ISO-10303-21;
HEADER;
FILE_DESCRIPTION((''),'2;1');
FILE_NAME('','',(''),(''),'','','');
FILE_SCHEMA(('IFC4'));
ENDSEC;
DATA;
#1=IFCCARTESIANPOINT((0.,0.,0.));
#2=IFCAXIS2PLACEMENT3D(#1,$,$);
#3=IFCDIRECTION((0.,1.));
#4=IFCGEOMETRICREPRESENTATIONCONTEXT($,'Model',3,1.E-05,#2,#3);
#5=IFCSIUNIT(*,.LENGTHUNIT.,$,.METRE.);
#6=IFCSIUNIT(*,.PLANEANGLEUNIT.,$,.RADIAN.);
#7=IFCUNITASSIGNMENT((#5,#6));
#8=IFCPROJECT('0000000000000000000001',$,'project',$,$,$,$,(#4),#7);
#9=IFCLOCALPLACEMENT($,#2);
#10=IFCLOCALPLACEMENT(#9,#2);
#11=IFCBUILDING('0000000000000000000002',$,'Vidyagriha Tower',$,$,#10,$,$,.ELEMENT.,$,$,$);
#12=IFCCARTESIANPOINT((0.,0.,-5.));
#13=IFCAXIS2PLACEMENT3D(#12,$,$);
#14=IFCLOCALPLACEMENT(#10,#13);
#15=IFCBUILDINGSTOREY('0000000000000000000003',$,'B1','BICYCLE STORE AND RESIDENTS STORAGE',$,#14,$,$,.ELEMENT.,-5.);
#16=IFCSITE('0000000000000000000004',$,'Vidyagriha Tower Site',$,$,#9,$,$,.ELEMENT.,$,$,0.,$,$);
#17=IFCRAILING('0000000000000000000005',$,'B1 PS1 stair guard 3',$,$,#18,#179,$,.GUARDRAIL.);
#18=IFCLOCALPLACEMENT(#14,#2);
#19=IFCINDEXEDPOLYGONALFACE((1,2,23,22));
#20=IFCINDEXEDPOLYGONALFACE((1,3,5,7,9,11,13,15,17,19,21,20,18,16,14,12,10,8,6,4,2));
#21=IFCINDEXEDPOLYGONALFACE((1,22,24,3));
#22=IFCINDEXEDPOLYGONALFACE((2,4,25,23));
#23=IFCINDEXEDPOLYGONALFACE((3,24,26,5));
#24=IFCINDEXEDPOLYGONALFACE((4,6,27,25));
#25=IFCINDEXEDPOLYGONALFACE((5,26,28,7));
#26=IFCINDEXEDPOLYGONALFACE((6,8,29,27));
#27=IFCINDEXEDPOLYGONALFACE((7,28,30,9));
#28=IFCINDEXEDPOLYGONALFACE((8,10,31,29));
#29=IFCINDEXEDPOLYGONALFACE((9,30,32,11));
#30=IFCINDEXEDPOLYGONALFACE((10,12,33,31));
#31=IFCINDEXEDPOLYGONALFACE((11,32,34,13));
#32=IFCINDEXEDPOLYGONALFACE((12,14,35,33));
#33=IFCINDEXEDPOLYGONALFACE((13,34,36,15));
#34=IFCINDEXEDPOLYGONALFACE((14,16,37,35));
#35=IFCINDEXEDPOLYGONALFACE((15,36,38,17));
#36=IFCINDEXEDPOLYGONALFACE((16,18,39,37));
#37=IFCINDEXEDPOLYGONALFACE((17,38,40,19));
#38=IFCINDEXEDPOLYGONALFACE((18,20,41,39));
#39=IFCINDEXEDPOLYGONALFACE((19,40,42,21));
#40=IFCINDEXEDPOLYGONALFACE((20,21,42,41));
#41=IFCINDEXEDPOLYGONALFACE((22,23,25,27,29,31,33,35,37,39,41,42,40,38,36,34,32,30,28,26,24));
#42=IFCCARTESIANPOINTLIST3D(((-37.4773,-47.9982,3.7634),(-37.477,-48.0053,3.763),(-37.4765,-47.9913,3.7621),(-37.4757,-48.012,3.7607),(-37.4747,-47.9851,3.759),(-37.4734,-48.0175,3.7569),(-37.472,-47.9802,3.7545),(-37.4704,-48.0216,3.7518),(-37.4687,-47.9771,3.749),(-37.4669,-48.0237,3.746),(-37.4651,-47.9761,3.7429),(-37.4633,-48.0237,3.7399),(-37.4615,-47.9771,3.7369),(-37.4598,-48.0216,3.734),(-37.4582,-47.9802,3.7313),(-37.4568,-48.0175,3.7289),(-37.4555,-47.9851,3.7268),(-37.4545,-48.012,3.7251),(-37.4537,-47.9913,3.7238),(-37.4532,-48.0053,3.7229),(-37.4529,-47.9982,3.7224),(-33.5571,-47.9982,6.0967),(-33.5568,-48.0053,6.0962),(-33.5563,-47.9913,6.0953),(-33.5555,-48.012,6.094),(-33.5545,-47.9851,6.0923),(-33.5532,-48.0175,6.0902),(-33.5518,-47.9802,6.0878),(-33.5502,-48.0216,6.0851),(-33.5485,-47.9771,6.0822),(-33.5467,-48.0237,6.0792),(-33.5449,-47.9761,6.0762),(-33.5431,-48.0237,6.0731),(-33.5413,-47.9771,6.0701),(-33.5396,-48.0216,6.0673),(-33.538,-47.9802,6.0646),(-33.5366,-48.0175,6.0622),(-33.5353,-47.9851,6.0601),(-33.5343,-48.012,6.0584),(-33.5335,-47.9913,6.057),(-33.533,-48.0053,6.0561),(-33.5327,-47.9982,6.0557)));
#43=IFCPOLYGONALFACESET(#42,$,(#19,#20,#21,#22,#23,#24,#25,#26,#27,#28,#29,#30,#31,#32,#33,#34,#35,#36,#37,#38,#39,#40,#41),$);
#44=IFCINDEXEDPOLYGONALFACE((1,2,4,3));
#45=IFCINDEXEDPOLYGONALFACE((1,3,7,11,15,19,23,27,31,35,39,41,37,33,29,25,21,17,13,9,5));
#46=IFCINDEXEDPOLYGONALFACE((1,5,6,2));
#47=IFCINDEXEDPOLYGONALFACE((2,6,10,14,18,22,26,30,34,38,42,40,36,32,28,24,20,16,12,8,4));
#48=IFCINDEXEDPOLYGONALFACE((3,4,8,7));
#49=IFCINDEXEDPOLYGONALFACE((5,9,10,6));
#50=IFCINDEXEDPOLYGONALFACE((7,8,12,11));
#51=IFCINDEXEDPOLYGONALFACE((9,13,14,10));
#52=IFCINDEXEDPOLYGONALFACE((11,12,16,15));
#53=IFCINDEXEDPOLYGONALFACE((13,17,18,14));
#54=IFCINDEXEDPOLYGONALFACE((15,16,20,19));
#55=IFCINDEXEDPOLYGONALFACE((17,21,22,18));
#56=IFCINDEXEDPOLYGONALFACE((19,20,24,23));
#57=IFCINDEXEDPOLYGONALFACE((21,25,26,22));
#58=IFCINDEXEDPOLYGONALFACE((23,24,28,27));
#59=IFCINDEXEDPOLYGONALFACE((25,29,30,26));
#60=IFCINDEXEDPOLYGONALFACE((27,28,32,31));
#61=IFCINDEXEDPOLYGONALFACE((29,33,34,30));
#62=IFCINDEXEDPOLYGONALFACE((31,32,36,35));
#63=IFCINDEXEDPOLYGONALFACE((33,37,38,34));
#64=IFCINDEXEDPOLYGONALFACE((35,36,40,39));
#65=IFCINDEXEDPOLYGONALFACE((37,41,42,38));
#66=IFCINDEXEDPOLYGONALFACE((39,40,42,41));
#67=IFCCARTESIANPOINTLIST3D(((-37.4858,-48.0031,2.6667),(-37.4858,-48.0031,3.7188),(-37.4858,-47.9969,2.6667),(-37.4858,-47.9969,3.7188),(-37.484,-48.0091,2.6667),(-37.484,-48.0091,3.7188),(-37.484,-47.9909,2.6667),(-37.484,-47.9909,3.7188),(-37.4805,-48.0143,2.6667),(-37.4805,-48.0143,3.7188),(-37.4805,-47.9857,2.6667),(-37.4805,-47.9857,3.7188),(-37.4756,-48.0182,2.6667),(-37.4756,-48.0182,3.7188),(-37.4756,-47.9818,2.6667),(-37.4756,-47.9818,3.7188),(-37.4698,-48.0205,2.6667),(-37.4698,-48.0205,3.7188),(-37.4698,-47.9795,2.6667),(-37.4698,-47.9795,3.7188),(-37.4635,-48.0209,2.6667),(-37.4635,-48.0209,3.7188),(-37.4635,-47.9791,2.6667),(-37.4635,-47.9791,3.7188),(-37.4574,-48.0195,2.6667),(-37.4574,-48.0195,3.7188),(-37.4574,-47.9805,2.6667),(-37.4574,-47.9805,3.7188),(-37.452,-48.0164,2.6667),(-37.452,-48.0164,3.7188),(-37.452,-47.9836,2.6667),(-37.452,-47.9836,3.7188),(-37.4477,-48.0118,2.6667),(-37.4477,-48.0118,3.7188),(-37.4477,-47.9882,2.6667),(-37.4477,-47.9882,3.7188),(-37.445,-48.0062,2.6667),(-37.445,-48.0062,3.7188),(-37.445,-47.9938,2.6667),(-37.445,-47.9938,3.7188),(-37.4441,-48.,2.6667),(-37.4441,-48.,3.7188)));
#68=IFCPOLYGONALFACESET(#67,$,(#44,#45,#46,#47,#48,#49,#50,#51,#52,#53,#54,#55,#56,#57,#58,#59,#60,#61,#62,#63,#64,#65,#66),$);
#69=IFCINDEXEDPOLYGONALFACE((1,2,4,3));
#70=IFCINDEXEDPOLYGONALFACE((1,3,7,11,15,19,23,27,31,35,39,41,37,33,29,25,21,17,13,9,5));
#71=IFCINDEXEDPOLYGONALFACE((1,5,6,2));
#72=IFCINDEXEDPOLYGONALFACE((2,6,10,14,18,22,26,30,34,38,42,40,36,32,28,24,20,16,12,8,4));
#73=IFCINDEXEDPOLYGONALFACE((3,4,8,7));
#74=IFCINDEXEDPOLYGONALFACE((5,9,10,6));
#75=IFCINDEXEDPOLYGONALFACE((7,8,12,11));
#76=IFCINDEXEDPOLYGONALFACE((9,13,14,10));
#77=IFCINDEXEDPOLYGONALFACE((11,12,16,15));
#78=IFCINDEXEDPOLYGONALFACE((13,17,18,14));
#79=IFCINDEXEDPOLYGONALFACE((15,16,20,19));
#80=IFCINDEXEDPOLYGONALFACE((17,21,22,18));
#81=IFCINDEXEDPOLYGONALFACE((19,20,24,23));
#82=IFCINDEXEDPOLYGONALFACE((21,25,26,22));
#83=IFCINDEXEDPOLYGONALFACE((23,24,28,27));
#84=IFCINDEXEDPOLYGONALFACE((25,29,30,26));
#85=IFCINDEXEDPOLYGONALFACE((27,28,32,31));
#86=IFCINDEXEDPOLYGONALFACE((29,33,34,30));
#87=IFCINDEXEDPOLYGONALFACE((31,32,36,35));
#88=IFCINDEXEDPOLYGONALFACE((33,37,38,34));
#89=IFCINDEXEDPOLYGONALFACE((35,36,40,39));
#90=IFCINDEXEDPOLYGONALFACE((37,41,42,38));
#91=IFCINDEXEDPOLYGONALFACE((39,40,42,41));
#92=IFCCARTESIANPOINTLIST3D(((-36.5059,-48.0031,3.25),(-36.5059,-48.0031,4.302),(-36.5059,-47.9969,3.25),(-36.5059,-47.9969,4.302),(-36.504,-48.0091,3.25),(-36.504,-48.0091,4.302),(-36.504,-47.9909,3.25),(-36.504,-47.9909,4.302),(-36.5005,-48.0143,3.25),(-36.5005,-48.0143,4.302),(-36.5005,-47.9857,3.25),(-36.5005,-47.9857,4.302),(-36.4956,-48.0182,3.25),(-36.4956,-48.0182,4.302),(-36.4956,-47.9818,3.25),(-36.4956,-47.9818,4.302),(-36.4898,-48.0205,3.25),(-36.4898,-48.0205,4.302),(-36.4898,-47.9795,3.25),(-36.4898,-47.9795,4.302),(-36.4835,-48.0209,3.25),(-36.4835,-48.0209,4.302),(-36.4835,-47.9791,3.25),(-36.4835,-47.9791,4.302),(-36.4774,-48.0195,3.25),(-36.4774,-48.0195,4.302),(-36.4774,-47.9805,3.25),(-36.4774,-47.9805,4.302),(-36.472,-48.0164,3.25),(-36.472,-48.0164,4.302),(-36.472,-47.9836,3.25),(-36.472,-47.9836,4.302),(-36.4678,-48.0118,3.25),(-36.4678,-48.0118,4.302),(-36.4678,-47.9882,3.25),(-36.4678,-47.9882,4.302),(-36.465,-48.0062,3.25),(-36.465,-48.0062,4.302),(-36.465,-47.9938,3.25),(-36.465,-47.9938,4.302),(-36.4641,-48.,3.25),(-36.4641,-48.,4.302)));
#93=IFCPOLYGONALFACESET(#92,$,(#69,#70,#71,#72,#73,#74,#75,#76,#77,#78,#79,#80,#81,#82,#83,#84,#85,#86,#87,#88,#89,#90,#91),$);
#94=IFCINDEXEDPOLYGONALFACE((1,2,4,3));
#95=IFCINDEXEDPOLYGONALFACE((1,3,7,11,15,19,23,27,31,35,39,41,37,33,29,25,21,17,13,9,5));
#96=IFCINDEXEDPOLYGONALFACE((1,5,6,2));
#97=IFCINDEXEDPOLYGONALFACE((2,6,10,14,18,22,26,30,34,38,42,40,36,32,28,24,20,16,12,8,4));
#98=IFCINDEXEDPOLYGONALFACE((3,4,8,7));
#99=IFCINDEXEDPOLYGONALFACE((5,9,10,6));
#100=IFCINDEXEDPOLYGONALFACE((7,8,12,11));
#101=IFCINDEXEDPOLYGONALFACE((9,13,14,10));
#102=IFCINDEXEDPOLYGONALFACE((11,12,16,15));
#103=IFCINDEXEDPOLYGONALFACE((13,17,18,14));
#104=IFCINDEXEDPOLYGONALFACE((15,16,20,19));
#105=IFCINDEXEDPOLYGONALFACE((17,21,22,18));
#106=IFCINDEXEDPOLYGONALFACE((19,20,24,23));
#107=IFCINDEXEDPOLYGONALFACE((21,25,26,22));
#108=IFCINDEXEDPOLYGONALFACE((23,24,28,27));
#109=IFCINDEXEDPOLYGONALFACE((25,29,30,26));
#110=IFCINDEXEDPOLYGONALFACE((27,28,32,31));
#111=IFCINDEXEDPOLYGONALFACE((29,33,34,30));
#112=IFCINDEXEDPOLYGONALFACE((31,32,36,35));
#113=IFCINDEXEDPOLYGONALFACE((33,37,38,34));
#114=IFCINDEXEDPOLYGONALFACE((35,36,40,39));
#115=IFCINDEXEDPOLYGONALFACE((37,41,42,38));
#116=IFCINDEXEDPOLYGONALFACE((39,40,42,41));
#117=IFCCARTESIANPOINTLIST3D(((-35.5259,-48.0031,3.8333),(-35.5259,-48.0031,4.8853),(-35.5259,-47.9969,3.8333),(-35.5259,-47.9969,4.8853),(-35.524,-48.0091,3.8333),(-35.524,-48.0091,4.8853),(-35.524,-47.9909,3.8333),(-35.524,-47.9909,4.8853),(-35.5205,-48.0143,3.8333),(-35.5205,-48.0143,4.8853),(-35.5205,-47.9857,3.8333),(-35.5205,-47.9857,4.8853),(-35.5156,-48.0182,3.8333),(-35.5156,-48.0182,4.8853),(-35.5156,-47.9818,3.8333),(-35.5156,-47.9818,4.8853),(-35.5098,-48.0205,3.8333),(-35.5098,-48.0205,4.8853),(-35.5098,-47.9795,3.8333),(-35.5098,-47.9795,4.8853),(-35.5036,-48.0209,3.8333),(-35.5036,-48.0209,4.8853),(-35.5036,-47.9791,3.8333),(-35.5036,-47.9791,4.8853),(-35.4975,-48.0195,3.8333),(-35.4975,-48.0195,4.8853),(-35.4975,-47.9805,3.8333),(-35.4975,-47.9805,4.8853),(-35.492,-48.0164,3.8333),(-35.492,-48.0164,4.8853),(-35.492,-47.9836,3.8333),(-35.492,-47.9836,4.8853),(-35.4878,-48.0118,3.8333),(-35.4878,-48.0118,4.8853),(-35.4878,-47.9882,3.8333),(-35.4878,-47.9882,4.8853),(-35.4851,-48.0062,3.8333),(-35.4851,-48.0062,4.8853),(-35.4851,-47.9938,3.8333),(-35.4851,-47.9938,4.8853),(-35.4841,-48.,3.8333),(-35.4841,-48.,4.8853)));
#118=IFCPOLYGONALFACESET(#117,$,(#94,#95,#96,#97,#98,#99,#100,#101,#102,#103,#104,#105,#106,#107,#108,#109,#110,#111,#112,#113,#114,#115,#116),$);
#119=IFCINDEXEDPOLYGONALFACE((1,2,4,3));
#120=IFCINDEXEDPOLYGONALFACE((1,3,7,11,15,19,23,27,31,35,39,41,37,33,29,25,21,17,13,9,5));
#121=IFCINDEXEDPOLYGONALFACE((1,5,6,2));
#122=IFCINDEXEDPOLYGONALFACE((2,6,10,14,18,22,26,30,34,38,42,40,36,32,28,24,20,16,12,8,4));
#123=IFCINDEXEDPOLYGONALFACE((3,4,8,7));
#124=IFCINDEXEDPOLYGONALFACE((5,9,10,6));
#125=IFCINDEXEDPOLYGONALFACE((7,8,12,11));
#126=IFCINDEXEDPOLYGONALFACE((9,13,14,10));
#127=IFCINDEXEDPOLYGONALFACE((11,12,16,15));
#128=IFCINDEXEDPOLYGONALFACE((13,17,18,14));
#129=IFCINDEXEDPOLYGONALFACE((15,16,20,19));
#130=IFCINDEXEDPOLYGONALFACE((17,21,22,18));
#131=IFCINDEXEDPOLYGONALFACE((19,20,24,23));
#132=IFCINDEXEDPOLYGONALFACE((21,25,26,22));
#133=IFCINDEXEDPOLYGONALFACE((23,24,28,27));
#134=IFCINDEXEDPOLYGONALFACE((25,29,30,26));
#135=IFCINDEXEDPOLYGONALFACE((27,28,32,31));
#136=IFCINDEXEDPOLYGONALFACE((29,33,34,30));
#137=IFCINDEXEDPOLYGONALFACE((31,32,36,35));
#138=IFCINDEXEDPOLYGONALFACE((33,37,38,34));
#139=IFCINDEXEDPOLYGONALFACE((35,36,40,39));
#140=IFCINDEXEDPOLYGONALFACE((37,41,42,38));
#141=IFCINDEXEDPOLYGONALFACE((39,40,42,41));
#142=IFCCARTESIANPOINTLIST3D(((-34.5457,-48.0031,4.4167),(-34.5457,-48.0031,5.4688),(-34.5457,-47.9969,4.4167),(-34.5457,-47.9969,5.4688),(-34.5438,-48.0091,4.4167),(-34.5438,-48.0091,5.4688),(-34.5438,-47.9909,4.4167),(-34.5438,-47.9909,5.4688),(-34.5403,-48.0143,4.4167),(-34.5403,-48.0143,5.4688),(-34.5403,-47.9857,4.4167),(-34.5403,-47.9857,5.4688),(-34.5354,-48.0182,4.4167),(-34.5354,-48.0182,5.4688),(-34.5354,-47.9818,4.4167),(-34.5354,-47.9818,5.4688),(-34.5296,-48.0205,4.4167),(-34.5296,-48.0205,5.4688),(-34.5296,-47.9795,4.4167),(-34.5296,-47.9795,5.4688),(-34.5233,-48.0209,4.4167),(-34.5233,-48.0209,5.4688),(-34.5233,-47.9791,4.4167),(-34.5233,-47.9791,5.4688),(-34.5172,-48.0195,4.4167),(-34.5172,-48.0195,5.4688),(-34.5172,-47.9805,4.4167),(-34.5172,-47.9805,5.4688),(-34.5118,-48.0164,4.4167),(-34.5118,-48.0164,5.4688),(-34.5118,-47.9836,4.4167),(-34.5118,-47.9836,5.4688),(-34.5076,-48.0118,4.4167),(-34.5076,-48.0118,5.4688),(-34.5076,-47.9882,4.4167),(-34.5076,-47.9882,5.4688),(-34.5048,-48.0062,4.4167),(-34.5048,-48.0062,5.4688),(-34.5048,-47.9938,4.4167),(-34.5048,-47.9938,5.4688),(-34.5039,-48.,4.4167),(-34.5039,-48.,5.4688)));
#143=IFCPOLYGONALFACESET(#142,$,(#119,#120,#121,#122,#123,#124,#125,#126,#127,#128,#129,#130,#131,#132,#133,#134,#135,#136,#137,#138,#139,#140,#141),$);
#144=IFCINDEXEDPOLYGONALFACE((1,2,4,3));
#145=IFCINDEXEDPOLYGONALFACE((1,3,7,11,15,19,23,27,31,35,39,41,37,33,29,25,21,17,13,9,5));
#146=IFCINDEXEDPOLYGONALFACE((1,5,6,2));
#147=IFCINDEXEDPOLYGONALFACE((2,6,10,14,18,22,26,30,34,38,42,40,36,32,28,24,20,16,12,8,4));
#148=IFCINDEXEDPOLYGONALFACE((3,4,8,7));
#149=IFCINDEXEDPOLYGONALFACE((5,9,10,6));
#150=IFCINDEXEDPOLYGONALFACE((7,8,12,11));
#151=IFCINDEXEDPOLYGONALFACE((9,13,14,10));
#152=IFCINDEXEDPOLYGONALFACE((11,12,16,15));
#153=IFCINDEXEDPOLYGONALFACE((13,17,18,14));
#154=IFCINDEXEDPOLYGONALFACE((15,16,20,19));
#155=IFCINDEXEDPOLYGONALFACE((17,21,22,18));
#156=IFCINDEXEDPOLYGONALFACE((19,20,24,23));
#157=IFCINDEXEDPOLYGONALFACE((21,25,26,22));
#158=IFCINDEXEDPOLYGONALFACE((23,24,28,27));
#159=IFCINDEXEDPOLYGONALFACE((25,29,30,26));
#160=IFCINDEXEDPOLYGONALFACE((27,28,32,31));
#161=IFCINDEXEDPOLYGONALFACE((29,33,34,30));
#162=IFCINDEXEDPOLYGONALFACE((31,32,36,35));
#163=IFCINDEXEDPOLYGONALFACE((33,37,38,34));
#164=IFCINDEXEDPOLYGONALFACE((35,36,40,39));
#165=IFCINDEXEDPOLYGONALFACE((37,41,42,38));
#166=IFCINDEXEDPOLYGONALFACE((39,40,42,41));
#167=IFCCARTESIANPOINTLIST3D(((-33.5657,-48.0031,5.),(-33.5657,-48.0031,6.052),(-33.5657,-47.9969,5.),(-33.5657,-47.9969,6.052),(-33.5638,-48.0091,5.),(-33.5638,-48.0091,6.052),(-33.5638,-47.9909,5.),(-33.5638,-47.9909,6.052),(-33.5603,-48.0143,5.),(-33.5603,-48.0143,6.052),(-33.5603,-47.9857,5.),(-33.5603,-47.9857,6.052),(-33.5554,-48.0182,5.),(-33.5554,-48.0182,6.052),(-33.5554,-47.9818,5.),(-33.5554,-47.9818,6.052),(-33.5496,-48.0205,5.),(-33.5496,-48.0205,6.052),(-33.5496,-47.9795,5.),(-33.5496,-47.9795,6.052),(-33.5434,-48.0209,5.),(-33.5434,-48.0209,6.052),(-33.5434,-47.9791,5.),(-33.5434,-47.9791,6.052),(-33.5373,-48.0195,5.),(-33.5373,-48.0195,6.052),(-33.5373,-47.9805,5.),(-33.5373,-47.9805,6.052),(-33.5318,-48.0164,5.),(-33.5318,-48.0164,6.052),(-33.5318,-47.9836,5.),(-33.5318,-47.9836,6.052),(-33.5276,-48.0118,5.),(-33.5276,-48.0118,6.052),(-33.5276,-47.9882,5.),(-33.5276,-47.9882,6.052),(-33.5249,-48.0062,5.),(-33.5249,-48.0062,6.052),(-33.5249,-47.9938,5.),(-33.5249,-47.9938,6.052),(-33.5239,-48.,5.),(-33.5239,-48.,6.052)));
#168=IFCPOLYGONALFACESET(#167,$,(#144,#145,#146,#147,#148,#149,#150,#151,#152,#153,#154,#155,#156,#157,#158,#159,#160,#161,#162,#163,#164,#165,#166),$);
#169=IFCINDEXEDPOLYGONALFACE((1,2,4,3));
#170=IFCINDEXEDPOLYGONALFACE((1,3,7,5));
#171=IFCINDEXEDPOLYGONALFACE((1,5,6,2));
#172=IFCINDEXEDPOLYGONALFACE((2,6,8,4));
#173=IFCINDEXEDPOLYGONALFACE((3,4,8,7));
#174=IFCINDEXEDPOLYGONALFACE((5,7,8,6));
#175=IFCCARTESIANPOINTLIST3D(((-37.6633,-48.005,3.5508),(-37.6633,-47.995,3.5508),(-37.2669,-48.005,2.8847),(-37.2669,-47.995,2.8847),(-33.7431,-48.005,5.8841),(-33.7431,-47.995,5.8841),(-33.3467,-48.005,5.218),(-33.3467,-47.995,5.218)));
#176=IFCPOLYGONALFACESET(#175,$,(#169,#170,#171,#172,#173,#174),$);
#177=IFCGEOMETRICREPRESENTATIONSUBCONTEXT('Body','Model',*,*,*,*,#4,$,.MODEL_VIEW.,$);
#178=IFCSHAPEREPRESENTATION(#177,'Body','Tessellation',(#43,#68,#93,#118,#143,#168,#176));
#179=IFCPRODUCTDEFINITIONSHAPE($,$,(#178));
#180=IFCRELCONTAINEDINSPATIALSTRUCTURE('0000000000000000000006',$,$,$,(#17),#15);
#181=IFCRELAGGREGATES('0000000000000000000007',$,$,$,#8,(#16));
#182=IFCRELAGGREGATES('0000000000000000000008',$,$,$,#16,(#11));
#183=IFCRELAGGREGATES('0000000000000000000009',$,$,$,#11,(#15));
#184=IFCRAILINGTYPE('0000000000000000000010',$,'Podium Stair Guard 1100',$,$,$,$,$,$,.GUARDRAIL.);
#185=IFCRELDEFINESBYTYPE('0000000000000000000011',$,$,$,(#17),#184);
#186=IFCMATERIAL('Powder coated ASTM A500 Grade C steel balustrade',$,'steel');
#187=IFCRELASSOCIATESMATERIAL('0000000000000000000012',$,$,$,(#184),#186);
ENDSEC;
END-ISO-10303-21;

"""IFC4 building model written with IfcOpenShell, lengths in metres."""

from ifc_helpers import new_model, si_unit, direction, frame, origin, origin_2d, place, context, subcontext, project, spatial, rectangle, circle, extrude, material, type_object, element, save


model = new_model("IFC4")

# Units and contexts
model_context = context("Model", 3, precision=1e-05, world=origin(), true_north=direction((0.0, 1.0)))
body_context = subcontext(model_context, "Body", "Model", "MODEL_VIEW")
ifc_project = project(units=[si_unit("LENGTHUNIT", "METRE"), si_unit("PLANEANGLEUNIT", "RADIAN")], contexts=[model_context])

# Site, building, storey
site_placement = place(None, origin())
site = spatial("IfcSite", under=ifc_project, at=site_placement, Name="Vidyagriha Tower Site", CompositionType="ELEMENT", RefElevation=0.0)
building_placement = place(site_placement, origin())
building = spatial("IfcBuilding", under=site, at=building_placement, Name="Vidyagriha Tower", CompositionType="ELEMENT")
storey_placement = place(building_placement, frame((0.0, 0.0, -5.0)))
storey = spatial("IfcBuildingStorey", under=building, at=storey_placement, Name="B1", Description="BICYCLE STORE AND RESIDENTS STORAGE", CompositionType="ELEMENT", Elevation=-5.0)

# Railing
ifc_material_1 = material(Name="Powder coated ASTM A500 Grade C steel balustrade", Category="steel")
railing_type_1 = type_object("IfcRailingType", Name="Podium Stair Guard 1100", PredefinedType="GUARDRAIL", material=ifc_material_1)
railing_1_placement = place(storey_placement, frame((-37.4651, -48.0, 2.6667)))
element("IfcRailing", 1, at=railing_1_placement, inside=storey, type_object=railing_type_1, Name="B1 PS1 stair guard 3", PredefinedType="GUARDRAIL", context=body_context, shape_type="SweptSolid", body=[
    extrude(circle(Radius=0.0239, at=origin_2d()), frame((0.0, 0.0, 1.0762), z_axis=(0.85931, 0.0, 0.511455), x_axis=(0.0, 1.0, 0.0)), (0.0, 0.0, 1.0), 4.562),
    extrude(circle(Radius=0.021, at=origin_2d()), origin(), (0.0, 0.0, 1.0), 1.052),
    extrude(circle(Radius=0.021, at=origin_2d()), frame((0.98, 0.0, 0.5833)), (0.0, 0.0, 1.0), 1.052),
    extrude(circle(Radius=0.021, at=origin_2d()), frame((1.96, 0.0, 1.1665)), (0.0, 0.0, 1.0), 1.052),
    extrude(circle(Radius=0.021, at=origin_2d()), frame((2.9402, 0.0, 1.75)), (0.0, 0.0, 1.0), 1.052),
    extrude(circle(Radius=0.021, at=origin_2d()), frame((3.9202, 0.0, 2.3333)), (0.0, 0.0, 1.0), 1.052),
    extrude(rectangle(XDim=0.01, YDim=0.7751, at=origin_2d()), frame((0.0, 0.0, 0.551), z_axis=(0.85931, 0.0, 0.511455), x_axis=(0.0, 1.0, 0.0)), (0.0, 0.0, 1.0), 4.562),
])

save(model, "model.ifc")
